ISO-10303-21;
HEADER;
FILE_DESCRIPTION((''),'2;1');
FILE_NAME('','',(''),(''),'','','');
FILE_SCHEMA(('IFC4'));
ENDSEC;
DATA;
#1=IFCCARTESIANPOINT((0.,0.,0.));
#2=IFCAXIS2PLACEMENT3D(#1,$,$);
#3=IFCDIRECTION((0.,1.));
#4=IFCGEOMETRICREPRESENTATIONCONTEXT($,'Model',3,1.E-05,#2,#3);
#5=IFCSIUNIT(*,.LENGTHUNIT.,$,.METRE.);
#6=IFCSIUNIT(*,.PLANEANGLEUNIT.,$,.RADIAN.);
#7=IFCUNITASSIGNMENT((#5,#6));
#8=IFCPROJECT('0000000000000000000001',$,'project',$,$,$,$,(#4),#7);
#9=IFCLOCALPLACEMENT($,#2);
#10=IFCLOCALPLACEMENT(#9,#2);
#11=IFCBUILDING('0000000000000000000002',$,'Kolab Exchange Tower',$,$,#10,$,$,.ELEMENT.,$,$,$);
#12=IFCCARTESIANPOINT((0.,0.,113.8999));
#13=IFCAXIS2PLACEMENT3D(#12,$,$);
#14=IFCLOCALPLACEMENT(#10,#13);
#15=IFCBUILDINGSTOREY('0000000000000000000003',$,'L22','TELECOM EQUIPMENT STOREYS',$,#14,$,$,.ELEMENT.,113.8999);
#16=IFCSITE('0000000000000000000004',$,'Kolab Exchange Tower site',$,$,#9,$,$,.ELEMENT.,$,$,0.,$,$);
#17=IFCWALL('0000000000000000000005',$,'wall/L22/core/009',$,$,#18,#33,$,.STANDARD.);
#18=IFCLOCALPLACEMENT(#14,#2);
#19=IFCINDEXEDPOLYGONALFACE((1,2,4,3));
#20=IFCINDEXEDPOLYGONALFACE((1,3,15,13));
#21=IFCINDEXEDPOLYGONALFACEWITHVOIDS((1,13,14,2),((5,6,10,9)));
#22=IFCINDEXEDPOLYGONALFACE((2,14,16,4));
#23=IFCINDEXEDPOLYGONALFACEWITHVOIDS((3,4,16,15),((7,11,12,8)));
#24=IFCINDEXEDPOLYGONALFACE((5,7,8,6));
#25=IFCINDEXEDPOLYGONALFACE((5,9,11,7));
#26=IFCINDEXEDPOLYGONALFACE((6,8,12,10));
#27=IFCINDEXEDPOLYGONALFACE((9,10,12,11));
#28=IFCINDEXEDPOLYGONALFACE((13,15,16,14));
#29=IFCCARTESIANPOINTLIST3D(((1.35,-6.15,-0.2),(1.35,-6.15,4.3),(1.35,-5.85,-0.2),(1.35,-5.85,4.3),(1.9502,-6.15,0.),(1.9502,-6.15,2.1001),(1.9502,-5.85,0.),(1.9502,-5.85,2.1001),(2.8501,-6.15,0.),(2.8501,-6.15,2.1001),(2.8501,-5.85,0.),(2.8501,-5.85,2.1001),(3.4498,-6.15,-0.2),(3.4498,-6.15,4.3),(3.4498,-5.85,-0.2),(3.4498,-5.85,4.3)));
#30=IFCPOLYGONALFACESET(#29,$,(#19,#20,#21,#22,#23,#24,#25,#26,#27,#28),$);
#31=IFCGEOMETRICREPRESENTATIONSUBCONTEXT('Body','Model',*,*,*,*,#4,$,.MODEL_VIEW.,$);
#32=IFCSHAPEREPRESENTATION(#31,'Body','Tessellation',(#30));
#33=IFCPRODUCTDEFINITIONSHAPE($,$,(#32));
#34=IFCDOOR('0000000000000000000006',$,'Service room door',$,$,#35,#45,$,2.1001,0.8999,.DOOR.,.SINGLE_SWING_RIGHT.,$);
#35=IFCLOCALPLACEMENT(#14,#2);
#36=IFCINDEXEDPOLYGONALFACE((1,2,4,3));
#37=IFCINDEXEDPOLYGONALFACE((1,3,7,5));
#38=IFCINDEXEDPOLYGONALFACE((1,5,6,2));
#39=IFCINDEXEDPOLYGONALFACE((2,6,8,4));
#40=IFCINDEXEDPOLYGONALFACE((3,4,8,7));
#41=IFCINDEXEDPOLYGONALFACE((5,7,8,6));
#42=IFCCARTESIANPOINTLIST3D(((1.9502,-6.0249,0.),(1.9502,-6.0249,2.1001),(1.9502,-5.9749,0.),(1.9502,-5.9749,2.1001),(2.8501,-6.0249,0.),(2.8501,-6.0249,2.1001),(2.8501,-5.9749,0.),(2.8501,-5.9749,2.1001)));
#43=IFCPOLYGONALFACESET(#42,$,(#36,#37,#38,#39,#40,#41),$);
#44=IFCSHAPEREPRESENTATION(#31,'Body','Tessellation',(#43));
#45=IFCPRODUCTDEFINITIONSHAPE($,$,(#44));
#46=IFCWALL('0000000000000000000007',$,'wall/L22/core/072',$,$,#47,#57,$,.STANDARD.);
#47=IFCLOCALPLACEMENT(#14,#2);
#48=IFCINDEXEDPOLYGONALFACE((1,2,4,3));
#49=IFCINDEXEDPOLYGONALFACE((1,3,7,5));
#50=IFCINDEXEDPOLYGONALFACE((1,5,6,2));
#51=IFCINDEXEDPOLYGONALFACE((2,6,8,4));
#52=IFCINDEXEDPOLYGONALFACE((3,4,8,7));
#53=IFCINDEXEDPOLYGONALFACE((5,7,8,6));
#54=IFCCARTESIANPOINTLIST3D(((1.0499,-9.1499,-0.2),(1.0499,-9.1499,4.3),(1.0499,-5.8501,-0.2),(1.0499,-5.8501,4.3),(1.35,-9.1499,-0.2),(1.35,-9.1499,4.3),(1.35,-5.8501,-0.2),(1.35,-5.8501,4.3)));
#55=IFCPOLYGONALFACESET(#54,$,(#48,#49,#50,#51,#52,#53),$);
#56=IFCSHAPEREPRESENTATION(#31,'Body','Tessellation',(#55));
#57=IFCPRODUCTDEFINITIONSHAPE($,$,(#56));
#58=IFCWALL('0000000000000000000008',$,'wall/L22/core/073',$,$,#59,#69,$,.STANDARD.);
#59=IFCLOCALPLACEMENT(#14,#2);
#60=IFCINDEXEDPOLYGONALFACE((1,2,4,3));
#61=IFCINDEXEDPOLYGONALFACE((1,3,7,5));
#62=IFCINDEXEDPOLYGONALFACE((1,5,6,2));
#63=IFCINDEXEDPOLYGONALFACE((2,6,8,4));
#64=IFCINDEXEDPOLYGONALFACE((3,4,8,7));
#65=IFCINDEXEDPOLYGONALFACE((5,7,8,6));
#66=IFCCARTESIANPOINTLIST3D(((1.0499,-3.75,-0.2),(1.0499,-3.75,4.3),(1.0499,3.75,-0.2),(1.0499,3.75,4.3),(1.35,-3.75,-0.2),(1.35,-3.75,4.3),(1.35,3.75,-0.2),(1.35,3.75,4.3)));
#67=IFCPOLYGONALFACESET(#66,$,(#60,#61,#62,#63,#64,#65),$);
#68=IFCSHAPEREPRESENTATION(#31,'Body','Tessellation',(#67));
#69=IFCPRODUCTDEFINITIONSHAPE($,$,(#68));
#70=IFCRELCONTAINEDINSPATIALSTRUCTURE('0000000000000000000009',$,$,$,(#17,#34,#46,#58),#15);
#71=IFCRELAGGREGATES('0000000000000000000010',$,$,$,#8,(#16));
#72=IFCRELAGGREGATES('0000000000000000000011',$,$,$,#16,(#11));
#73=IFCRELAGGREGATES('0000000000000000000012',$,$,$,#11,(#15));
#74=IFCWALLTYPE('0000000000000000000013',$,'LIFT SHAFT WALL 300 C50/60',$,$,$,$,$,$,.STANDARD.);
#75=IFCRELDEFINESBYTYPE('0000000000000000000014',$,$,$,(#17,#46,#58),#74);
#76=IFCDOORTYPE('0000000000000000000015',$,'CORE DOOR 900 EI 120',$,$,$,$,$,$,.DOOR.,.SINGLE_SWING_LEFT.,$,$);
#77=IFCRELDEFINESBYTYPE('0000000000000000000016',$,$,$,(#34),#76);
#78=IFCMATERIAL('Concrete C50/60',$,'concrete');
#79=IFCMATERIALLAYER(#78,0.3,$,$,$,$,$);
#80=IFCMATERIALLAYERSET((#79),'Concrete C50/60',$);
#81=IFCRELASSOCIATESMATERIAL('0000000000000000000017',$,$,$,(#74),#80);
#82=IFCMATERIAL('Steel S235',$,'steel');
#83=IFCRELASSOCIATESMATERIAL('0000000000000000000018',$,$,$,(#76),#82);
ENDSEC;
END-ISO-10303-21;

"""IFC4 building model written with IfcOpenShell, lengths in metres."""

from ifc_helpers import new_model, si_unit, direction, frame, frame_2d, origin, place, context, subcontext, project, spatial, rectangle, extrude, material, layer, layer_set, type_object, element, fill, save


model = new_model("IFC4")

# Units and contexts
model_context = context("Model", 3, precision=1e-05, world=origin(), true_north=direction((0.0, 1.0)))
body_context = subcontext(model_context, "Body", "Model", "MODEL_VIEW")
ifc_project = project(units=[si_unit("LENGTHUNIT", "METRE"), si_unit("PLANEANGLEUNIT", "RADIAN")], contexts=[model_context])

# Site, building, storey
site_placement = place(None, origin())
site = spatial("IfcSite", under=ifc_project, at=site_placement, Name="Kolab Exchange Tower site", CompositionType="ELEMENT", RefElevation=0.0)
building_placement = place(site_placement, origin())
building = spatial("IfcBuilding", under=site, at=building_placement, Name="Kolab Exchange Tower", CompositionType="ELEMENT")
storey_placement = place(building_placement, frame((0.0, 0.0, 113.8999)))
storey = spatial("IfcBuildingStorey", under=building, at=storey_placement, Name="L22", Description="TELECOM EQUIPMENT STOREYS", CompositionType="ELEMENT", Elevation=113.8999)

# Wall, opening, door
ifc_material_1 = material(Name="Concrete C50/60", Category="concrete")
ifc_layer_1 = layer(ifc_material_1, 0.3)
ifc_layer_set_1 = layer_set([ifc_layer_1], Name="Concrete C50/60")
wall_type = type_object("IfcWallType", Name="LIFT SHAFT WALL 300 C50/60", PredefinedType="STANDARD", material=ifc_layer_set_1)
wall_1_placement = place(storey_placement, frame((1.3501, -6.0, -0.2), z_axis=(0.0, 0.0, 1.0), x_axis=(1.0, 0.0, 0.0)))
wall_1 = element("IfcWall", 1, at=wall_1_placement, inside=storey, type_object=wall_type, Name="wall/L22/core/009", PredefinedType="STANDARD", context=body_context, shape_type="SweptSolid", body=[
    extrude(rectangle(XDim=2.0999, YDim=0.3, at=frame_2d((1.0498, 0.0))), origin(), (0.0, 0.0, 1.0), 4.5),
])
opening_placement = place(wall_1_placement, frame((0.6001, 0.0, 0.2)))
opening = element("IfcOpeningElement", 2, at=opening_placement, cuts=wall_1, PredefinedType="OPENING", context=body_context, shape_type="SweptSolid", body=[
    extrude(rectangle(XDim=0.8999, YDim=2.1001, at=frame_2d((0.45, 1.05))), frame((0.0, 0.1602, 0.0), z_axis=(0.0, -1.0, 0.0), x_axis=(1.0, 0.0, 0.0)), (0.0, 0.0, 1.0), 0.3201),
])
ifc_material_2 = material(Name="Steel S235", Category="steel")
door_type = type_object("IfcDoorType", Name="CORE DOOR 900 EI 120", OperationType="SINGLE_SWING_LEFT", PredefinedType="DOOR", material=ifc_material_2)
door_placement = place(opening_placement, frame((0.8999, 0.0, 0.0), z_axis=(0.0, 0.0, 1.0), x_axis=(-1.0, 0.0, 0.0)))
door = element("IfcDoor", 3, at=door_placement, inside=storey, type_object=door_type, Name="Service room door", OperationType="SINGLE_SWING_RIGHT", OverallHeight=2.1001, OverallWidth=0.8999, PredefinedType="DOOR", context=body_context, shape_type="SweptSolid", body=[
    extrude(rectangle(XDim=0.8999, YDim=2.1001, at=frame_2d((0.45, 1.05))), frame((0.0, 0.0249, 0.0), z_axis=(0.0, -1.0, 0.0), x_axis=(1.0, 0.0, 0.0)), (0.0, 0.0, 1.0), 0.05),
])
fill(opening, door)

# Walls
wall_2_placement = place(storey_placement, frame((1.2, -9.1499, -0.2), z_axis=(0.0, 0.0, 1.0), x_axis=(0.0, 1.0, 0.0)))
element("IfcWall", 4, at=wall_2_placement, inside=storey, type_object=wall_type, Name="wall/L22/core/072", PredefinedType="STANDARD", context=body_context, shape_type="SweptSolid", body=[
    extrude(rectangle(XDim=3.2998, YDim=0.3, at=frame_2d((1.6499, 0.0))), origin(), (0.0, 0.0, 1.0), 4.5),
])
wall_3_placement = place(storey_placement, frame((1.2, -3.75, -0.2), z_axis=(0.0, 0.0, 1.0), x_axis=(0.0, 1.0, 0.0)))
element("IfcWall", 5, at=wall_3_placement, inside=storey, type_object=wall_type, Name="wall/L22/core/073", PredefinedType="STANDARD", context=body_context, shape_type="SweptSolid", body=[
    extrude(rectangle(XDim=7.5, YDim=0.3, at=frame_2d((3.75, 0.0))), origin(), (0.0, 0.0, 1.0), 4.5),
])

save(model, "model.ifc")
